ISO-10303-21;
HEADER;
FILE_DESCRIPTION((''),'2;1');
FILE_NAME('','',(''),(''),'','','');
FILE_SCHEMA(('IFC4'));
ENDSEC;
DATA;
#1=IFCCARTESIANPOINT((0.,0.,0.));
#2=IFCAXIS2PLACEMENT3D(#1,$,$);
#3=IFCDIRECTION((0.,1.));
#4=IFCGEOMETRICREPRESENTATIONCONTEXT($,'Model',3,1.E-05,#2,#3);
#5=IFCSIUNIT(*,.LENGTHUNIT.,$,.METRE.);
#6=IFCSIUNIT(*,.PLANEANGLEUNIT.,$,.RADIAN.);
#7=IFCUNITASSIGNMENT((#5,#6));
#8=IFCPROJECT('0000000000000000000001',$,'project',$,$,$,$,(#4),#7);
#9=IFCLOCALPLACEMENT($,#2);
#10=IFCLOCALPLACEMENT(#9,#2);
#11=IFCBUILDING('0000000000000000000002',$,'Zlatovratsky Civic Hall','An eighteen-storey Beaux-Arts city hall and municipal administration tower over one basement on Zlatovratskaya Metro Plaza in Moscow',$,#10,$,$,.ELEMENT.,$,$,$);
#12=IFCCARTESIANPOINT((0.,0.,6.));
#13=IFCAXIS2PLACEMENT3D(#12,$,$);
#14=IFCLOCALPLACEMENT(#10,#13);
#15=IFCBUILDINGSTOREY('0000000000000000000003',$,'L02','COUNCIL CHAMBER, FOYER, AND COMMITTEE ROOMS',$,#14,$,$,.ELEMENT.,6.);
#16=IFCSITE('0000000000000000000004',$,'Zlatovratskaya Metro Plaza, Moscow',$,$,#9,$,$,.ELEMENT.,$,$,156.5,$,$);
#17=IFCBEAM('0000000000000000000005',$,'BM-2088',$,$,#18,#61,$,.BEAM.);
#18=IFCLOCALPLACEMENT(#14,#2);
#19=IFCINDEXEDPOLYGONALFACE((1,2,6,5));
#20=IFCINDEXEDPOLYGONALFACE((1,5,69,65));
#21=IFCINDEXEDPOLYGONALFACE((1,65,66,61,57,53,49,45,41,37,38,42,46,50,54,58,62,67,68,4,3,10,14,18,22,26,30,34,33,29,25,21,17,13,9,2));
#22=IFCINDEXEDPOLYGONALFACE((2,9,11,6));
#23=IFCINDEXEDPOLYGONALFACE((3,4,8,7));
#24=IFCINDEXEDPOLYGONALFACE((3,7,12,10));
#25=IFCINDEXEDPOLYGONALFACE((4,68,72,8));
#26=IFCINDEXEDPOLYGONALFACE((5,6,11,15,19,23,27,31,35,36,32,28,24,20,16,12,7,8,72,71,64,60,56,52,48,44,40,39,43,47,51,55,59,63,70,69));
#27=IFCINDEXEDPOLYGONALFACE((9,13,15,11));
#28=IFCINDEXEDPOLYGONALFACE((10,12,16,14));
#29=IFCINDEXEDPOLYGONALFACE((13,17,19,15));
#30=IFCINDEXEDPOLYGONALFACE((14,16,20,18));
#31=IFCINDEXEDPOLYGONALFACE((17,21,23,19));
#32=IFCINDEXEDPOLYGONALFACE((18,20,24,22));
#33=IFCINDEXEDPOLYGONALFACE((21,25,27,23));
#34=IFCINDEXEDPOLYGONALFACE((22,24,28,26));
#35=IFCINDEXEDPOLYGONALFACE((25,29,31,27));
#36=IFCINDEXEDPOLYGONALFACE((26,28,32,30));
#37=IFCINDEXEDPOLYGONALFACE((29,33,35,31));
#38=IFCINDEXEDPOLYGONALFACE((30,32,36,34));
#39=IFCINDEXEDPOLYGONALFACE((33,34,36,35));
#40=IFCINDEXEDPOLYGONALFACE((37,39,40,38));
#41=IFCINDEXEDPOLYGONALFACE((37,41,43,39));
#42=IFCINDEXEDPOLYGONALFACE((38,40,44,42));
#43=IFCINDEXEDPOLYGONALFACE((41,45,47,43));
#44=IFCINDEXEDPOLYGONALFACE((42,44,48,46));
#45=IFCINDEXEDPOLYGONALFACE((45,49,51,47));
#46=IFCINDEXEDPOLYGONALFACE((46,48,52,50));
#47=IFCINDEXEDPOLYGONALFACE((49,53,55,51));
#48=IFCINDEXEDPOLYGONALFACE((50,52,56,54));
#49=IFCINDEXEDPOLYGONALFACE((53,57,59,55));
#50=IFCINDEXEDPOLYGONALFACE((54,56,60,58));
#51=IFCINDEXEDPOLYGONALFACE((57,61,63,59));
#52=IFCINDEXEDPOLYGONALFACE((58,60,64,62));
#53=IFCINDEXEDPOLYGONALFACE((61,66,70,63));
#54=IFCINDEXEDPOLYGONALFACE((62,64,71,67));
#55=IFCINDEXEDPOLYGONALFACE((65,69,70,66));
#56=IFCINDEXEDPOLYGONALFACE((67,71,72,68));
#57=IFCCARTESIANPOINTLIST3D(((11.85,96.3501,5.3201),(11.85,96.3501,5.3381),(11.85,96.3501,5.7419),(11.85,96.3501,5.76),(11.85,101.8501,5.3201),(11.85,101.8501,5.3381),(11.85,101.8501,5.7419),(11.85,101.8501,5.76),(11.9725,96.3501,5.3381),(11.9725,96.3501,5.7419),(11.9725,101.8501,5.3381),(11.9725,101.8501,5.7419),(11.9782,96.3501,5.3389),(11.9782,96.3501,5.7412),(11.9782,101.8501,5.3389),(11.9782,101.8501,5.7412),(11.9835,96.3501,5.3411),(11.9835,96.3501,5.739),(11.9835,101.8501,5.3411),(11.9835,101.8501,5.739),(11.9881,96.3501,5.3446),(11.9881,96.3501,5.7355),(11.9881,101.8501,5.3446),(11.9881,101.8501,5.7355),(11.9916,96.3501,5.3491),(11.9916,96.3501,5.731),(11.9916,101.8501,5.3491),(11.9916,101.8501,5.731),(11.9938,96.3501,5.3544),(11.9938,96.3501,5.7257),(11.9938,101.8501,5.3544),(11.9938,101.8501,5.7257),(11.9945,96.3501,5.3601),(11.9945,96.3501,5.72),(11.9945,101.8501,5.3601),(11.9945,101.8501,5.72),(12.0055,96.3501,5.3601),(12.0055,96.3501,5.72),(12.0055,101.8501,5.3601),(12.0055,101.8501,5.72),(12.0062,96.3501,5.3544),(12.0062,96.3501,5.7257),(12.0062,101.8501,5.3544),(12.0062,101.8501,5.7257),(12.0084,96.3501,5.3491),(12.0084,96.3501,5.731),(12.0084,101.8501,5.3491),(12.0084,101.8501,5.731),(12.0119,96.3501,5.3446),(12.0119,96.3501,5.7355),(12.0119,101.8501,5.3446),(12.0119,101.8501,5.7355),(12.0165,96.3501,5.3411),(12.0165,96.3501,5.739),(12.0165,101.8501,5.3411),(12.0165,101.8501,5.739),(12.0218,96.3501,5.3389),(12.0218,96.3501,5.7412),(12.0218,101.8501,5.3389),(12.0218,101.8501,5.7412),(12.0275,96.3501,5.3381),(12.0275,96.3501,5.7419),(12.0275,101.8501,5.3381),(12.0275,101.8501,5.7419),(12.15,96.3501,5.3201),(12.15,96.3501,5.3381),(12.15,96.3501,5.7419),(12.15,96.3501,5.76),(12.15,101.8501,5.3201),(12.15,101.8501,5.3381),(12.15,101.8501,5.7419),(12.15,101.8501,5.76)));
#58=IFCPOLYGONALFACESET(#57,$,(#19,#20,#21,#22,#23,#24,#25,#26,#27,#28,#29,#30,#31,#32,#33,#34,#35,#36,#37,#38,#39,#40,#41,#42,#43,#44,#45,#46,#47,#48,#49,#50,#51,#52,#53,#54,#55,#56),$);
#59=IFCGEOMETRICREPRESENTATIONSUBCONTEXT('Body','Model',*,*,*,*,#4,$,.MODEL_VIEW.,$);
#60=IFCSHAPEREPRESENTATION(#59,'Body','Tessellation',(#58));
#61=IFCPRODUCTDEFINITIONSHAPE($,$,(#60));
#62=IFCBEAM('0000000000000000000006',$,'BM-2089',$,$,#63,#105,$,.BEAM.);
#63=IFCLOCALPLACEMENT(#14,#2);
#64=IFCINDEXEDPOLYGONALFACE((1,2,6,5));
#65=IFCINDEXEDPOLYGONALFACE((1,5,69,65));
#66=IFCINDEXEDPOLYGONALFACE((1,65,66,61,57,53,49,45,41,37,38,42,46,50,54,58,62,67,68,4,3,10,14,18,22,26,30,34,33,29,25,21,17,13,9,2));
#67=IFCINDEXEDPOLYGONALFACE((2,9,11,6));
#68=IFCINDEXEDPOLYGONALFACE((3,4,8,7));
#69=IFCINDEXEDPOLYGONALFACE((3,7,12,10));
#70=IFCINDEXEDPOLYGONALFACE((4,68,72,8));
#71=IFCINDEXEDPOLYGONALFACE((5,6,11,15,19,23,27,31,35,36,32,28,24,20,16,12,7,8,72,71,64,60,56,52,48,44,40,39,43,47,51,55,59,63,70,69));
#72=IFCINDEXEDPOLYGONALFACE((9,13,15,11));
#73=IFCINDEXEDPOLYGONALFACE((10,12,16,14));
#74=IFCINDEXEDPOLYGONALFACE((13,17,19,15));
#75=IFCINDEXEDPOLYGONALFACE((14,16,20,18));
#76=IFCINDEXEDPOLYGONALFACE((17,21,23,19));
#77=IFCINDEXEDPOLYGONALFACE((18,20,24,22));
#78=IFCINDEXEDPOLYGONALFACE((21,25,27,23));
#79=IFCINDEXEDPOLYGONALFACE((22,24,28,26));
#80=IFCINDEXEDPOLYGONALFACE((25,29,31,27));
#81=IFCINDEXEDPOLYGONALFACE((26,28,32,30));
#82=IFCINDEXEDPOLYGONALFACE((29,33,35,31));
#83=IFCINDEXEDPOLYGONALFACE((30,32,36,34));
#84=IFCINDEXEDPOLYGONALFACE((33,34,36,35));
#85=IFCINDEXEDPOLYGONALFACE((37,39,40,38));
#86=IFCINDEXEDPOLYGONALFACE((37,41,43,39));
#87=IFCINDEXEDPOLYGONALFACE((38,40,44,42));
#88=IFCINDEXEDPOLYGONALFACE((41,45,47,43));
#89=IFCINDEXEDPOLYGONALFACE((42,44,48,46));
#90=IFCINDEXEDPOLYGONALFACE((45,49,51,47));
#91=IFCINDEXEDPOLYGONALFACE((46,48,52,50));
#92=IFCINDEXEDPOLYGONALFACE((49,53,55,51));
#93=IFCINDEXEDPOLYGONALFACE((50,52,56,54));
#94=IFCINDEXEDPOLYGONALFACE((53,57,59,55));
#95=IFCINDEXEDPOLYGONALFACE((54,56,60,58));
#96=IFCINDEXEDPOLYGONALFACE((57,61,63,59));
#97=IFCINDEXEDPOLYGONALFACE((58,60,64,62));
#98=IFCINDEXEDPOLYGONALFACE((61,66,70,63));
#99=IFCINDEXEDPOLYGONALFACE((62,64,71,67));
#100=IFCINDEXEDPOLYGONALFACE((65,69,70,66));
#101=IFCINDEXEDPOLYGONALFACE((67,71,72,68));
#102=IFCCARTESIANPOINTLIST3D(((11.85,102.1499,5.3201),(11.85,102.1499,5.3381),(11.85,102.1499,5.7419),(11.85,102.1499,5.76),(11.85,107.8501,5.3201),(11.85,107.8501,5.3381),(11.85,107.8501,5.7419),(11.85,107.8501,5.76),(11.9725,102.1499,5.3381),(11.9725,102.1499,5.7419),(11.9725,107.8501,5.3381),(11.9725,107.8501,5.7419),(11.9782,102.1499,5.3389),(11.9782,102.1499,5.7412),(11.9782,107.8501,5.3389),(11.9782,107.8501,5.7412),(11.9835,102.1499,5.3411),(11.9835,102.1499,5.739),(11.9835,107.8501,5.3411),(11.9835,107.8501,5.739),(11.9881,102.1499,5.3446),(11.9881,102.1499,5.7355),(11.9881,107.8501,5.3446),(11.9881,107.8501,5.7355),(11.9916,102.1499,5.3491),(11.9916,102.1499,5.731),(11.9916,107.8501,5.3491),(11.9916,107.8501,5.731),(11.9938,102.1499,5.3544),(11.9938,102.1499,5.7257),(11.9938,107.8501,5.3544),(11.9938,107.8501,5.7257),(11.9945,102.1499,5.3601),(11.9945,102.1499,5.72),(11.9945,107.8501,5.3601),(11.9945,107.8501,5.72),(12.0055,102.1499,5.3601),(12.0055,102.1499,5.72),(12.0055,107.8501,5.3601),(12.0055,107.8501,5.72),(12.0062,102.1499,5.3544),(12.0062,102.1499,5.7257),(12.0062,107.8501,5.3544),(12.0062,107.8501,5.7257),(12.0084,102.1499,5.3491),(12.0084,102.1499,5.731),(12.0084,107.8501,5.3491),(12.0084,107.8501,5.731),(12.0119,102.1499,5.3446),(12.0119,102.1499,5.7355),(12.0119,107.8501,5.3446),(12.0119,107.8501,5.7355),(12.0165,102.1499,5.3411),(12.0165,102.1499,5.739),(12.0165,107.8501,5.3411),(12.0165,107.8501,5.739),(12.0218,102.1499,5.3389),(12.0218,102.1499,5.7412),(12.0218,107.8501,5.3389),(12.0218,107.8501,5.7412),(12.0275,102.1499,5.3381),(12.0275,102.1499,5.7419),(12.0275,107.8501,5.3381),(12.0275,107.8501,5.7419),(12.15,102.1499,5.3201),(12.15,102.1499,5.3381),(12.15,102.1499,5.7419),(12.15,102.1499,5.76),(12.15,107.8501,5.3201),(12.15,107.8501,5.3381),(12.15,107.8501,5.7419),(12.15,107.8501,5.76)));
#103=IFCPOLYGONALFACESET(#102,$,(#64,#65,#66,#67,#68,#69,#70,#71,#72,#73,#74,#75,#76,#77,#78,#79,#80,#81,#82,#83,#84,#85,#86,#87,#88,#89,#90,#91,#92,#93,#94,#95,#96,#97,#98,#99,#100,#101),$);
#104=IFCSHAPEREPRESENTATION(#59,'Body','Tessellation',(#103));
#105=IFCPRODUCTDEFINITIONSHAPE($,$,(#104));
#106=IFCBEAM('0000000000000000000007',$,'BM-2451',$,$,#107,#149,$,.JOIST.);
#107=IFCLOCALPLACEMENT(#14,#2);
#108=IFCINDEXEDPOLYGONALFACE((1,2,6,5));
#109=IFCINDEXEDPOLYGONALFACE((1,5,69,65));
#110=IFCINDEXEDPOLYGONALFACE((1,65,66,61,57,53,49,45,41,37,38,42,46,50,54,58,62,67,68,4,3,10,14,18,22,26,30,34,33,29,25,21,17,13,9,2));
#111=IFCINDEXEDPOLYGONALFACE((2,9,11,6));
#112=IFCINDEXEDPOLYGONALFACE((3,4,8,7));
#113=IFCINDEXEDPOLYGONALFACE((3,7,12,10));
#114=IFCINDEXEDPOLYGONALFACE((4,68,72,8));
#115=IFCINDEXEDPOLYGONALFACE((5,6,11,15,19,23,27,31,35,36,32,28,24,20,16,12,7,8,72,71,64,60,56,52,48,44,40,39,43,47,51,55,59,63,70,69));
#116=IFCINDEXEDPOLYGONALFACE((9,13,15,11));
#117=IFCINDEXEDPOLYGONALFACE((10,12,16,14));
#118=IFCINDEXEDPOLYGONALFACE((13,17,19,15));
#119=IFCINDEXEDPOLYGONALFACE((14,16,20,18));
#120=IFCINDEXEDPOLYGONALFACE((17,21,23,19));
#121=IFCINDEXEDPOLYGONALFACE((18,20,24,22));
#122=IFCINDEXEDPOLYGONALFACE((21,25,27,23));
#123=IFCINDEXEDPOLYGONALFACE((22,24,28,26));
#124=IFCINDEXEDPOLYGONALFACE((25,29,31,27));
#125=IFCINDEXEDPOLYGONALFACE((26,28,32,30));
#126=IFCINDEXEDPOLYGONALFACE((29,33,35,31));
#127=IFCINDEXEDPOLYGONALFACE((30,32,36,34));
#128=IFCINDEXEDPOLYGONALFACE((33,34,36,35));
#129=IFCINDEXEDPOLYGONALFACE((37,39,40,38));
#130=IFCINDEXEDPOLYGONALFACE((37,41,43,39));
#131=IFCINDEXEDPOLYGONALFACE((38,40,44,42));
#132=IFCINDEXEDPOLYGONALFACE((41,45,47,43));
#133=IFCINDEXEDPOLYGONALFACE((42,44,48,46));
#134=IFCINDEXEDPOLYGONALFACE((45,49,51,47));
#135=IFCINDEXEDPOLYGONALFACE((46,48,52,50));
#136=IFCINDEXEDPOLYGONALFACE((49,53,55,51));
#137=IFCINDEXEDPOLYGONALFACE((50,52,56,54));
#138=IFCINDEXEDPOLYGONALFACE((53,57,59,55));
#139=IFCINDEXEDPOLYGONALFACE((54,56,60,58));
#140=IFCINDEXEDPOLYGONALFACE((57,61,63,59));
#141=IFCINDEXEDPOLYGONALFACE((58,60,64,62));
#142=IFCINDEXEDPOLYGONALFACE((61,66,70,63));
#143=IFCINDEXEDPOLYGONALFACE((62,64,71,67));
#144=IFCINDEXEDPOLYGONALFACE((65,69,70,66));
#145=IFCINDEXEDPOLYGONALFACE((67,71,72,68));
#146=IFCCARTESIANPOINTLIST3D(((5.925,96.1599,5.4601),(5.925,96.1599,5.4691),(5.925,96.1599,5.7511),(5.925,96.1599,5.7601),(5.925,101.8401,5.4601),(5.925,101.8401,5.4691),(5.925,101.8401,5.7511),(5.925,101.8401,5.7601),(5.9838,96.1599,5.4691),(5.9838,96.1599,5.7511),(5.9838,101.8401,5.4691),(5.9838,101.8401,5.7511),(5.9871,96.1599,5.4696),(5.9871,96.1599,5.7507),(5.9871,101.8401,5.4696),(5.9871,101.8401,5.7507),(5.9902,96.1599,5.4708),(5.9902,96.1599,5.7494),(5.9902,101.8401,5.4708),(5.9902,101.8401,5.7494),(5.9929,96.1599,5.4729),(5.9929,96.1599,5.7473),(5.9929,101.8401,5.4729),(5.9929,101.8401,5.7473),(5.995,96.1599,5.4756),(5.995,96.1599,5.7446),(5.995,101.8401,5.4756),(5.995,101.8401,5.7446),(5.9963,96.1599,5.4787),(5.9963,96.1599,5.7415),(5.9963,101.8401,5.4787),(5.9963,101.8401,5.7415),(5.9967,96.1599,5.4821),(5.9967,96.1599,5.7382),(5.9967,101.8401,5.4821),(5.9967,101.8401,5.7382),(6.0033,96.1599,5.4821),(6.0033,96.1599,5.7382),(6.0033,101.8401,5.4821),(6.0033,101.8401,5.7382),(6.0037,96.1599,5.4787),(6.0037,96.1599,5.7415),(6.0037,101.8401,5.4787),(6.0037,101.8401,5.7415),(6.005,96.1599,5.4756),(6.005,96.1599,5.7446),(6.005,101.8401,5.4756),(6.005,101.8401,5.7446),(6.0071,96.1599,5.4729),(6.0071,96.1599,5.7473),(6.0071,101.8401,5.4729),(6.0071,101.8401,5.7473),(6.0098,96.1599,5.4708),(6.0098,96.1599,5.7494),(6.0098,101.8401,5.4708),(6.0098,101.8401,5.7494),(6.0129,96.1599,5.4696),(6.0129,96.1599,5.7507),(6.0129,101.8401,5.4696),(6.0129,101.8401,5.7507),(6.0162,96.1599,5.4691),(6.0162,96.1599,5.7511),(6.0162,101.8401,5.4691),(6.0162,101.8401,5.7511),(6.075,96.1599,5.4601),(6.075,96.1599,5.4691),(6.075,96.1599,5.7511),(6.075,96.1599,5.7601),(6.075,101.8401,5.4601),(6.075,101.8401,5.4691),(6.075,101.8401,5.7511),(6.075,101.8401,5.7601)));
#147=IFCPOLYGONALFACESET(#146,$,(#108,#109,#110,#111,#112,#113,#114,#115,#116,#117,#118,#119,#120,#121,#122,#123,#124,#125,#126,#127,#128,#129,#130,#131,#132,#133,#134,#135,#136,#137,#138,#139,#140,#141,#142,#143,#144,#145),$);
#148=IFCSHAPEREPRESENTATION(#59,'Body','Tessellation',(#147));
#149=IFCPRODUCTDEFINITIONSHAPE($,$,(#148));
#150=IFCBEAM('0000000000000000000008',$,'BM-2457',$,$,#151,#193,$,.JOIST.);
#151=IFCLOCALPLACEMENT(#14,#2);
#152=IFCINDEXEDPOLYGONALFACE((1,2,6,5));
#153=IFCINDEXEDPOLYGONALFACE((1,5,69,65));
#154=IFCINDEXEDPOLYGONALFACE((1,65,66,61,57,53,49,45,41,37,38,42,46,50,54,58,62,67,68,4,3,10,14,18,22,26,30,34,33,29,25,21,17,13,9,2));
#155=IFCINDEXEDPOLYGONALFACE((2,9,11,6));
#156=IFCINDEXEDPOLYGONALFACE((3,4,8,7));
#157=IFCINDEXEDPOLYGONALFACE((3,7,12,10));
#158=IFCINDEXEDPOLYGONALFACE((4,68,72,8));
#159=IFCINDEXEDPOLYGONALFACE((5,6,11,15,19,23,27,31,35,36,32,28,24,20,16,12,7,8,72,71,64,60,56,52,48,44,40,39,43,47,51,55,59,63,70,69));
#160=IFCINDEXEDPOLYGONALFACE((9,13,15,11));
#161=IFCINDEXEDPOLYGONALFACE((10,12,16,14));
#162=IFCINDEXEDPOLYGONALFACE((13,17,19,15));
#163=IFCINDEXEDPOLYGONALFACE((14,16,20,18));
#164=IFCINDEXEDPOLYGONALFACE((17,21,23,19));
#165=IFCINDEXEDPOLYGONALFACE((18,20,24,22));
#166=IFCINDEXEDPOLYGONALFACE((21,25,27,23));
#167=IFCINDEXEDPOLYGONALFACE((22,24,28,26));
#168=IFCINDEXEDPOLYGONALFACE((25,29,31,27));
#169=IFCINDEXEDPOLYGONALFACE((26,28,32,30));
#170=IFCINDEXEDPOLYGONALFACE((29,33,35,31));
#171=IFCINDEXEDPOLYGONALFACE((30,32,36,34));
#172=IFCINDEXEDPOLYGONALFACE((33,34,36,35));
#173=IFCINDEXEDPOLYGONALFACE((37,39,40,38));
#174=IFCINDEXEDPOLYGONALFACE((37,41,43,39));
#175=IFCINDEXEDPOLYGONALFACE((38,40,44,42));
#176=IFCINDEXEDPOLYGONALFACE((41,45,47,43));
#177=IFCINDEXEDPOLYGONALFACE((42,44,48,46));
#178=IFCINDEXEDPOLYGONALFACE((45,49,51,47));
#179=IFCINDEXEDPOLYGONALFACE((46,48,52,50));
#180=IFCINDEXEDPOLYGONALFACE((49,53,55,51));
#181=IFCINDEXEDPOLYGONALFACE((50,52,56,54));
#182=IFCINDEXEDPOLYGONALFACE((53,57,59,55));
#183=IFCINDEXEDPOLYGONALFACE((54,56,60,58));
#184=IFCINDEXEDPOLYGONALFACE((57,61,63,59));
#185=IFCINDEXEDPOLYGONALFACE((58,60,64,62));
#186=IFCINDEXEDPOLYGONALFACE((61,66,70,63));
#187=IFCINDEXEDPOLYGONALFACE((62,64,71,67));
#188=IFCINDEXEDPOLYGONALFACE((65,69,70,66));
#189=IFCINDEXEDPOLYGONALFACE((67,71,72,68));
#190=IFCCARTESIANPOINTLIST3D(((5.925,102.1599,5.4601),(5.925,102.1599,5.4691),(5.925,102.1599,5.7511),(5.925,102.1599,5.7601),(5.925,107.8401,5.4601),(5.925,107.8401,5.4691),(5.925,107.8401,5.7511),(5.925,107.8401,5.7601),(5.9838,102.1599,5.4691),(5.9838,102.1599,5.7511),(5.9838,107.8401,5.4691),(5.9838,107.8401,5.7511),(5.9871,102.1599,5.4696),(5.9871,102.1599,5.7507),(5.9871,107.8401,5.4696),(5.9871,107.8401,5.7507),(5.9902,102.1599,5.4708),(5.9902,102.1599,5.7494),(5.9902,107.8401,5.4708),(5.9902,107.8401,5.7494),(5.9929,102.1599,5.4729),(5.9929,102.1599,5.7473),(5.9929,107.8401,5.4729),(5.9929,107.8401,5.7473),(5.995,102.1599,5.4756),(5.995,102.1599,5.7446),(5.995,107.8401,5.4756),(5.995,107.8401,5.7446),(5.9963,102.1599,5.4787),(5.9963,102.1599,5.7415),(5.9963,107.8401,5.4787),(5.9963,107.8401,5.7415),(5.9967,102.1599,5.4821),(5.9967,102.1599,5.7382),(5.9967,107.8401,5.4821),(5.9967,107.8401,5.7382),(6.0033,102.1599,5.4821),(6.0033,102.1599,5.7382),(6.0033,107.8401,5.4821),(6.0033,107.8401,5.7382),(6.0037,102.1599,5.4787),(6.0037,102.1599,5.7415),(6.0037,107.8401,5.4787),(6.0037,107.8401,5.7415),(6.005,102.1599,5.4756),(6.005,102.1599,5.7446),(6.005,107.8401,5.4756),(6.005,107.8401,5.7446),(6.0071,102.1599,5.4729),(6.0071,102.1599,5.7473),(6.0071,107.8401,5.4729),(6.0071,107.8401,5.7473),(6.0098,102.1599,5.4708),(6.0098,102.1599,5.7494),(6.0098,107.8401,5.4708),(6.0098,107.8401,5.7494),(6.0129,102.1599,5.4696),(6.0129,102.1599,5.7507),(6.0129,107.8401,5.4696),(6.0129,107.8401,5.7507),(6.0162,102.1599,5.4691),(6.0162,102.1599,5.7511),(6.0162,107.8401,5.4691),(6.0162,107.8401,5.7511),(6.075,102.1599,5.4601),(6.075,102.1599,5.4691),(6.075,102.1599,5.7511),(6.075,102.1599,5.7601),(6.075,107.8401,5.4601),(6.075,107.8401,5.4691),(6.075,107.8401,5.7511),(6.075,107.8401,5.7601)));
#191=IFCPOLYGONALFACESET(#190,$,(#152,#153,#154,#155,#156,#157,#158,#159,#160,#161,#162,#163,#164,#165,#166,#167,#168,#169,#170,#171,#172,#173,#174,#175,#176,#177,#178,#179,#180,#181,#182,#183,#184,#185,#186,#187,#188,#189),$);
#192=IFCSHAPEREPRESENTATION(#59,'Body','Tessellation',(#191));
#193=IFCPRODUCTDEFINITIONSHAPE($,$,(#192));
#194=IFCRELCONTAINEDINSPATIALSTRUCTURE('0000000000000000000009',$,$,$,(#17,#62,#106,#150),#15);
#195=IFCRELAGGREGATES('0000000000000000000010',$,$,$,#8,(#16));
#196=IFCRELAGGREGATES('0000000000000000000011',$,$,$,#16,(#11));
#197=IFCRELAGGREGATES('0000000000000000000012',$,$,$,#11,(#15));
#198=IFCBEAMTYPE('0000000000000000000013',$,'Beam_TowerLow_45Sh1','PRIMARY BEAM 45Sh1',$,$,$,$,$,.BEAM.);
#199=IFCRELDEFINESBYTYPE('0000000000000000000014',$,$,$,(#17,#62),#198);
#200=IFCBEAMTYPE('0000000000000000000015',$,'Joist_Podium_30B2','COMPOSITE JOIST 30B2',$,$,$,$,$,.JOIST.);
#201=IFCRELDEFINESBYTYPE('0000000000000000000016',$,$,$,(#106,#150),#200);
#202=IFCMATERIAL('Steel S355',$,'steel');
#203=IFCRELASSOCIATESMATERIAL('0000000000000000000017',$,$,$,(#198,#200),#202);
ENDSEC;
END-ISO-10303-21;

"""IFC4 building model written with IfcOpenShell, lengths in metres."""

from ifc_helpers import new_model, si_unit, direction, frame, origin, origin_2d, place, context, subcontext, project, spatial, i_section, extrude, material, material_profile, profile_set, type_object, element, save


model = new_model("IFC4")

# Units and contexts
model_context = context("Model", 3, precision=1e-05, world=origin(), true_north=direction((0.0, 1.0)))
body_context = subcontext(model_context, "Body", "Model", "MODEL_VIEW")
ifc_project = project(units=[si_unit("LENGTHUNIT", "METRE"), si_unit("PLANEANGLEUNIT", "RADIAN")], contexts=[model_context])

# Site, building, storey
site_placement = place(None, origin())
site = spatial("IfcSite", under=ifc_project, at=site_placement, Name="Zlatovratskaya Metro Plaza, Moscow", CompositionType="ELEMENT", RefElevation=156.5)
building_placement = place(site_placement, origin())
building = spatial("IfcBuilding", under=site, at=building_placement, Name="Zlatovratsky Civic Hall", Description="An eighteen-storey Beaux-Arts city hall and municipal administration tower over one basement on Zlatovratskaya Metro Plaza in Moscow", CompositionType="ELEMENT")
storey_placement = place(building_placement, frame((0.0, 0.0, 6.0)))
storey = spatial("IfcBuildingStorey", under=building, at=storey_placement, Name="L02", Description="COUNCIL CHAMBER, FOYER, AND COMMITTEE ROOMS", CompositionType="ELEMENT", Elevation=6.0)

# Shared definitions
ifc_material_1 = material(Name="Steel S355", Category="steel")

# Beams
ifc_material_profile_1 = material_profile(ifc_material_1, i_section(OverallWidth=0.3, OverallDepth=0.4399, WebThickness=0.011, FlangeThickness=0.0181, FilletRadius=0.022, at=origin_2d()), Name="45Sh1")
ifc_profile_set_1 = profile_set([ifc_material_profile_1], Name="Steel S355")
beam_type_1 = type_object("IfcBeamType", Name="Beam_TowerLow_45Sh1", Description="PRIMARY BEAM 45Sh1", PredefinedType="BEAM", material=ifc_profile_set_1)
beam_1_placement = place(storey_placement, frame((12.0, 96.3501, 5.54), z_axis=(0.0, 1.0, 0.0), x_axis=(-1.0, 0.0, 0.0)))
element("IfcBeam", 1, at=beam_1_placement, inside=storey, type_object=beam_type_1, Name="BM-2088", PredefinedType="BEAM", context=body_context, shape_type="SweptSolid", body=[
    extrude(i_section(OverallWidth=0.3, OverallDepth=0.4399, WebThickness=0.011, FlangeThickness=0.0181, FilletRadius=0.022, at=origin_2d()), origin(), (0.0, 0.0, 1.0), 5.5),
])
beam_2_placement = place(storey_placement, frame((12.0, 102.1499, 5.54), z_axis=(0.0, 1.0, 0.0), x_axis=(-1.0, 0.0, 0.0)))
element("IfcBeam", 2, at=beam_2_placement, inside=storey, type_object=beam_type_1, Name="BM-2089", PredefinedType="BEAM", context=body_context, shape_type="SweptSolid", body=[
    extrude(i_section(OverallWidth=0.3, OverallDepth=0.4399, WebThickness=0.011, FlangeThickness=0.0181, FilletRadius=0.022, at=origin_2d()), origin(), (0.0, 0.0, 1.0), 5.7002),
])
ifc_material_profile_2 = material_profile(ifc_material_1, i_section(OverallWidth=0.1499, OverallDepth=0.3, WebThickness=0.0066, FlangeThickness=0.009, FilletRadius=0.0129, at=origin_2d()), Name="30B2")
ifc_profile_set_2 = profile_set([ifc_material_profile_2], Name="Steel S355")
beam_type_2 = type_object("IfcBeamType", Name="Joist_Podium_30B2", Description="COMPOSITE JOIST 30B2", PredefinedType="JOIST", material=ifc_profile_set_2)
for number, where, z_axis, x_axis, name in (
    (3, (6.0, 96.1599, 5.6101), (0.0, 1.0, 0.0), (-1.0, 0.0, 0.0), "BM-2451"),
    (4, (6.0, 102.1599, 5.6101), (0.0, 1.0, 0.0), (-1.0, 0.0, 0.0), "BM-2457"),
):
    element("IfcBeam", number, at=place(storey_placement, frame(where, z_axis=z_axis, x_axis=x_axis)), inside=storey, type_object=beam_type_2, Name=name, PredefinedType="JOIST", context=body_context, shape_type="SweptSolid", body=[
        extrude(i_section(OverallWidth=0.1499, OverallDepth=0.3, WebThickness=0.0066, FlangeThickness=0.009, FilletRadius=0.0129, at=origin_2d()), origin(), (0.0, 0.0, 1.0), 5.6802),
    ])

save(model, "model.ifc")
